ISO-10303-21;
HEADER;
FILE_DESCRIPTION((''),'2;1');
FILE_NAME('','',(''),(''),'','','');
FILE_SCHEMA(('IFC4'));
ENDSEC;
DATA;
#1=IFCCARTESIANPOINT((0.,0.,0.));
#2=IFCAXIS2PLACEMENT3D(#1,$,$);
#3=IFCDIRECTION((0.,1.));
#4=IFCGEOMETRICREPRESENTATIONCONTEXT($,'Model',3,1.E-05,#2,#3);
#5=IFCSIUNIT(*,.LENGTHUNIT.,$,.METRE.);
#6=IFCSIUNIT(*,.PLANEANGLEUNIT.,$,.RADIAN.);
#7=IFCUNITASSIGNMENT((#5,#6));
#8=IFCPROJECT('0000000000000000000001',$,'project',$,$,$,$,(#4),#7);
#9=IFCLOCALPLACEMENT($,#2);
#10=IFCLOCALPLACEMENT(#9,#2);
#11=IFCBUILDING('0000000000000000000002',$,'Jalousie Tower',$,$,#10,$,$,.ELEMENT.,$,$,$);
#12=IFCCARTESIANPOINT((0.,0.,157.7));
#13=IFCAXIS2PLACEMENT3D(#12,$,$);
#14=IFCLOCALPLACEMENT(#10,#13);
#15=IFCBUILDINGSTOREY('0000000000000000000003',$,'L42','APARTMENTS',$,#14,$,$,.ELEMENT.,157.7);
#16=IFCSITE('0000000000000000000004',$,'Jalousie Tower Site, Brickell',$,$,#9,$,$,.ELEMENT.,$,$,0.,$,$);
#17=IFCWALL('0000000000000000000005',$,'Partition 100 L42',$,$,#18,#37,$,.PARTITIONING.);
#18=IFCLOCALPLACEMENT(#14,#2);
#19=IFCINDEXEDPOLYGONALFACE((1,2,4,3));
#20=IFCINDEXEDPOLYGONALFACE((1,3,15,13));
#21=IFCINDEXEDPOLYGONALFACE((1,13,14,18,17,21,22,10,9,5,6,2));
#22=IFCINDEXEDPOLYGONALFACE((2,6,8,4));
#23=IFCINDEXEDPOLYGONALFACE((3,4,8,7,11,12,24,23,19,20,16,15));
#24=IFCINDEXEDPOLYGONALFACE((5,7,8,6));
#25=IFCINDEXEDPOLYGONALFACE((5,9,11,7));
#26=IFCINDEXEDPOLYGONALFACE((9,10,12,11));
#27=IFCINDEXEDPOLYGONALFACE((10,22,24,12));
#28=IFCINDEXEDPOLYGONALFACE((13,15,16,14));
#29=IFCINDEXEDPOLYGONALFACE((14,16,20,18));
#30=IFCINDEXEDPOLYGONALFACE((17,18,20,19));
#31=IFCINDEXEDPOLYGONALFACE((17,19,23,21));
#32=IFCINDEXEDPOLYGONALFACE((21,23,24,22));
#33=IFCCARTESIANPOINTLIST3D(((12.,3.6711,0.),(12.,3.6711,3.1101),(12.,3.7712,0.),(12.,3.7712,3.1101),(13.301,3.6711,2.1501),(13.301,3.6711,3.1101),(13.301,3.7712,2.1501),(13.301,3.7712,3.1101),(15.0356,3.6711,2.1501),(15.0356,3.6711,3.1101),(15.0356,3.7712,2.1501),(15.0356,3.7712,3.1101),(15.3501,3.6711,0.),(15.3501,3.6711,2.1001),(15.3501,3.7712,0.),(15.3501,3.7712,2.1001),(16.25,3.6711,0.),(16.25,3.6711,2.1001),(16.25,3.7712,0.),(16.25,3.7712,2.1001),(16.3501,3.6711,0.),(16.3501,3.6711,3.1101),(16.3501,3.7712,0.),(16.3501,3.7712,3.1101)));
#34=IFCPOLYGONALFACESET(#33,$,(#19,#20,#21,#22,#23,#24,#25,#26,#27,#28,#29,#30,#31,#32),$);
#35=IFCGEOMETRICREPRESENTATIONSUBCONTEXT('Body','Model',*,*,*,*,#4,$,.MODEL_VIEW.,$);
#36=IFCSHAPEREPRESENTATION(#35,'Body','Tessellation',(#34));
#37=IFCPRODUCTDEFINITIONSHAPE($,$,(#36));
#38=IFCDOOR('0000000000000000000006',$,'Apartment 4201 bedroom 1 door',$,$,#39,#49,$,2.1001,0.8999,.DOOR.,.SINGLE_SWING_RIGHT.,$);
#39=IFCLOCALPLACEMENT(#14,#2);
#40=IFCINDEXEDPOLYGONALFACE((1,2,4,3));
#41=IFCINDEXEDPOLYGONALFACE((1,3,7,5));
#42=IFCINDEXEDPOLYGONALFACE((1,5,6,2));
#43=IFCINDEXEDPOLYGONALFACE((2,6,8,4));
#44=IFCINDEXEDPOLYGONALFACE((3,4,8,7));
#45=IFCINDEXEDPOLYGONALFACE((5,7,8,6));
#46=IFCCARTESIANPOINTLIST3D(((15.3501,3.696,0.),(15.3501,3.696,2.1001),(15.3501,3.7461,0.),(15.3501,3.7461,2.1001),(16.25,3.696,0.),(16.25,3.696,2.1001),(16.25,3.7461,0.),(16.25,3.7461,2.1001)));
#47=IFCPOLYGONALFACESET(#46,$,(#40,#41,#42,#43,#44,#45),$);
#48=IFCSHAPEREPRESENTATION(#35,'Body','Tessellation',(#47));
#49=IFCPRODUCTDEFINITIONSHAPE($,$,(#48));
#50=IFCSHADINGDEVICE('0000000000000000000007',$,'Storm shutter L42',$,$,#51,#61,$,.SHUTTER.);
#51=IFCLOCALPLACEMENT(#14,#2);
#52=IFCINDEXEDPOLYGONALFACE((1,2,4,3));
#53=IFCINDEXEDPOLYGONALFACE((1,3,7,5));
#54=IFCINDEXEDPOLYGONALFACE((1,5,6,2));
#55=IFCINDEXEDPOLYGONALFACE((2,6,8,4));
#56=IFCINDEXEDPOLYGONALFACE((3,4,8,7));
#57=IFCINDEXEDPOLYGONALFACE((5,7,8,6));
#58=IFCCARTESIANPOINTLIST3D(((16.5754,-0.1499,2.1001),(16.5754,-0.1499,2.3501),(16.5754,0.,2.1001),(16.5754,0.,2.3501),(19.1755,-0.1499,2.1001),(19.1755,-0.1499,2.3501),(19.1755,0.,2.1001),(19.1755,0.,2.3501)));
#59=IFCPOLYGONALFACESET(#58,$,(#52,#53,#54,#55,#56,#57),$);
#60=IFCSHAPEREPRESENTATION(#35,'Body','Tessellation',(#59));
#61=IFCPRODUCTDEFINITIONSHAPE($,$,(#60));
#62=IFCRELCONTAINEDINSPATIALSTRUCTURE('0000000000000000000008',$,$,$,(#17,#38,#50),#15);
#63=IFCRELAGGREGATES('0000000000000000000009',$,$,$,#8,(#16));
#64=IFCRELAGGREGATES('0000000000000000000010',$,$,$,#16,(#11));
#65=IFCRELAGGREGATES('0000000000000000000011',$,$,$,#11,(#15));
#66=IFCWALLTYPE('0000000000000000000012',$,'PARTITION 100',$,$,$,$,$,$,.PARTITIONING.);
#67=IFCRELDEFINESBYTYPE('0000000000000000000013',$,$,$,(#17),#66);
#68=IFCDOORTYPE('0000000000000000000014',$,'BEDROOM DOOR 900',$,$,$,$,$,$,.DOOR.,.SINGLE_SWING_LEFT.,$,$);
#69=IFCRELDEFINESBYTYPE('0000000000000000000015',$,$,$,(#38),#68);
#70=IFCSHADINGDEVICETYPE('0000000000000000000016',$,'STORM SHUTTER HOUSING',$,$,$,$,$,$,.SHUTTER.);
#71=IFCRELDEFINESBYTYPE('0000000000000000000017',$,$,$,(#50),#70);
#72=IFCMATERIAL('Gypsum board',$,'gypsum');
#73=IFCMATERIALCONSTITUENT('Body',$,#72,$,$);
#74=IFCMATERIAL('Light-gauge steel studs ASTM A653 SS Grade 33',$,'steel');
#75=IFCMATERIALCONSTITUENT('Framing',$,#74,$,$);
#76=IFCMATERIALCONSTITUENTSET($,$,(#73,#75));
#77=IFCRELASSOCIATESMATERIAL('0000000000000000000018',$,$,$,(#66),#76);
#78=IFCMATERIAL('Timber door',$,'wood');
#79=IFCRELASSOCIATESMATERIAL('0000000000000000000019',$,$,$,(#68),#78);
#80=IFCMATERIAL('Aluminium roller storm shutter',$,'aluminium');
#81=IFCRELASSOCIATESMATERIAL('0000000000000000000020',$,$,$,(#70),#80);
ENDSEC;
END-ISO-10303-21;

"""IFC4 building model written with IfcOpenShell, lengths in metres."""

from ifc_helpers import new_model, si_unit, direction, frame, frame_2d, origin, origin_2d, place, context, subcontext, project, spatial, polyline, rectangle, outline, extrude, material, constituent, constituent_set, type_object, element, fill, save


model = new_model("IFC4")

# Units and contexts
model_context = context("Model", 3, precision=1e-05, world=origin(), true_north=direction((0.0, 1.0)))
body_context = subcontext(model_context, "Body", "Model", "MODEL_VIEW")
ifc_project = project(units=[si_unit("LENGTHUNIT", "METRE"), si_unit("PLANEANGLEUNIT", "RADIAN")], contexts=[model_context])

# Site, building, storey
site_placement = place(None, origin())
site = spatial("IfcSite", under=ifc_project, at=site_placement, Name="Jalousie Tower Site, Brickell", CompositionType="ELEMENT", RefElevation=0.0)
building_placement = place(site_placement, origin())
building = spatial("IfcBuilding", under=site, at=building_placement, Name="Jalousie Tower", CompositionType="ELEMENT")
storey_placement = place(building_placement, frame((0.0, 0.0, 157.7)))
storey = spatial("IfcBuildingStorey", under=building, at=storey_placement, Name="L42", Description="APARTMENTS", CompositionType="ELEMENT", Elevation=157.7)

# Wall, opening, door
ifc_material_1 = material(Name="Gypsum board", Category="gypsum")
ifc_constituent_1 = constituent(ifc_material_1, Name="Body")
ifc_material_2 = material(Name="Light-gauge steel studs ASTM A653 SS Grade 33", Category="steel")
ifc_constituent_2 = constituent(ifc_material_2, Name="Framing")
ifc_constituent_set_1 = constituent_set(constituents=[ifc_constituent_1, ifc_constituent_2])
wall_type_1 = type_object("IfcWallType", Name="PARTITION 100", PredefinedType="PARTITIONING", material=ifc_constituent_set_1)
wall_1_placement = place(storey_placement, frame((16.3501, 3.7212, 0.0), z_axis=(0.0, 0.0, 1.0), x_axis=(-1.0, 0.0, 0.0)))
wall_1 = element("IfcWall", 1, at=wall_1_placement, inside=storey, type_object=wall_type_1, Name="Partition 100 L42", PredefinedType="PARTITIONING", context=body_context, shape_type="SweptSolid", body=[
    extrude(outline(polyline([(0.0, 0.0), (4.3501, 0.0), (4.3501, 3.1101), (3.0491, 3.1101), (3.0491, 2.1501), (1.3145, 2.1501), (1.3145, 3.1101), (0.0, 3.1101), (0.0, 0.0)])), frame((0.0, 0.05, 0.0), z_axis=(0.0, -1.0, 0.0), x_axis=(1.0, 0.0, 0.0)), (0.0, 0.0, 1.0), 0.1001),
])
opening_1_placement = place(wall_1_placement, frame((0.1001, 0.0, 0.0)))
opening_1 = element("IfcOpeningElement", 2, at=opening_1_placement, cuts=wall_1, PredefinedType="OPENING", context=body_context, shape_type="SweptSolid", body=[
    extrude(rectangle(XDim=0.8999, YDim=2.1001, at=frame_2d((0.45, 1.05))), frame((0.0, 0.0601, 0.0), z_axis=(0.0, -1.0, 0.0), x_axis=(1.0, 0.0, 0.0)), (0.0, 0.0, 1.0), 0.1201),
])
ifc_material_3 = material(Name="Timber door", Category="wood")
door_type_1 = type_object("IfcDoorType", Name="BEDROOM DOOR 900", OperationType="SINGLE_SWING_LEFT", PredefinedType="DOOR", material=ifc_material_3)
door_1_placement = place(opening_1_placement, frame((0.8999, 0.0, 0.0), z_axis=(0.0, 0.0, 1.0), x_axis=(-1.0, 0.0, 0.0)))
door_1 = element("IfcDoor", 3, at=door_1_placement, inside=storey, type_object=door_type_1, Name="Apartment 4201 bedroom 1 door", OperationType="SINGLE_SWING_RIGHT", OverallHeight=2.1001, OverallWidth=0.8999, PredefinedType="DOOR", context=body_context, shape_type="SweptSolid", body=[
    extrude(rectangle(XDim=0.8999, YDim=2.1001, at=frame_2d((0.45, 1.05))), frame((0.0, 0.0249, 0.0), z_axis=(0.0, -1.0, 0.0), x_axis=(1.0, 0.0, 0.0)), (0.0, 0.0, 1.0), 0.05),
])
fill(opening_1, door_1)

# Shading device
ifc_material_4 = material(Name="Aluminium roller storm shutter", Category="aluminium")
shading_device_type = type_object("IfcShadingDeviceType", Name="STORM SHUTTER HOUSING", PredefinedType="SHUTTER", material=ifc_material_4)
shading_device_placement = place(storey_placement, frame((17.8755, -0.075, 2.1001), z_axis=(0.0, 0.0, 1.0), x_axis=(1.0, 0.0, 0.0)))
element("IfcShadingDevice", 4, at=shading_device_placement, inside=storey, type_object=shading_device_type, Name="Storm shutter L42", PredefinedType="SHUTTER", context=body_context, shape_type="SweptSolid", body=[
    extrude(rectangle(XDim=2.6001, YDim=0.1499, at=origin_2d()), origin(), (0.0, 0.0, 1.0), 0.25),
])

save(model, "model.ifc")
